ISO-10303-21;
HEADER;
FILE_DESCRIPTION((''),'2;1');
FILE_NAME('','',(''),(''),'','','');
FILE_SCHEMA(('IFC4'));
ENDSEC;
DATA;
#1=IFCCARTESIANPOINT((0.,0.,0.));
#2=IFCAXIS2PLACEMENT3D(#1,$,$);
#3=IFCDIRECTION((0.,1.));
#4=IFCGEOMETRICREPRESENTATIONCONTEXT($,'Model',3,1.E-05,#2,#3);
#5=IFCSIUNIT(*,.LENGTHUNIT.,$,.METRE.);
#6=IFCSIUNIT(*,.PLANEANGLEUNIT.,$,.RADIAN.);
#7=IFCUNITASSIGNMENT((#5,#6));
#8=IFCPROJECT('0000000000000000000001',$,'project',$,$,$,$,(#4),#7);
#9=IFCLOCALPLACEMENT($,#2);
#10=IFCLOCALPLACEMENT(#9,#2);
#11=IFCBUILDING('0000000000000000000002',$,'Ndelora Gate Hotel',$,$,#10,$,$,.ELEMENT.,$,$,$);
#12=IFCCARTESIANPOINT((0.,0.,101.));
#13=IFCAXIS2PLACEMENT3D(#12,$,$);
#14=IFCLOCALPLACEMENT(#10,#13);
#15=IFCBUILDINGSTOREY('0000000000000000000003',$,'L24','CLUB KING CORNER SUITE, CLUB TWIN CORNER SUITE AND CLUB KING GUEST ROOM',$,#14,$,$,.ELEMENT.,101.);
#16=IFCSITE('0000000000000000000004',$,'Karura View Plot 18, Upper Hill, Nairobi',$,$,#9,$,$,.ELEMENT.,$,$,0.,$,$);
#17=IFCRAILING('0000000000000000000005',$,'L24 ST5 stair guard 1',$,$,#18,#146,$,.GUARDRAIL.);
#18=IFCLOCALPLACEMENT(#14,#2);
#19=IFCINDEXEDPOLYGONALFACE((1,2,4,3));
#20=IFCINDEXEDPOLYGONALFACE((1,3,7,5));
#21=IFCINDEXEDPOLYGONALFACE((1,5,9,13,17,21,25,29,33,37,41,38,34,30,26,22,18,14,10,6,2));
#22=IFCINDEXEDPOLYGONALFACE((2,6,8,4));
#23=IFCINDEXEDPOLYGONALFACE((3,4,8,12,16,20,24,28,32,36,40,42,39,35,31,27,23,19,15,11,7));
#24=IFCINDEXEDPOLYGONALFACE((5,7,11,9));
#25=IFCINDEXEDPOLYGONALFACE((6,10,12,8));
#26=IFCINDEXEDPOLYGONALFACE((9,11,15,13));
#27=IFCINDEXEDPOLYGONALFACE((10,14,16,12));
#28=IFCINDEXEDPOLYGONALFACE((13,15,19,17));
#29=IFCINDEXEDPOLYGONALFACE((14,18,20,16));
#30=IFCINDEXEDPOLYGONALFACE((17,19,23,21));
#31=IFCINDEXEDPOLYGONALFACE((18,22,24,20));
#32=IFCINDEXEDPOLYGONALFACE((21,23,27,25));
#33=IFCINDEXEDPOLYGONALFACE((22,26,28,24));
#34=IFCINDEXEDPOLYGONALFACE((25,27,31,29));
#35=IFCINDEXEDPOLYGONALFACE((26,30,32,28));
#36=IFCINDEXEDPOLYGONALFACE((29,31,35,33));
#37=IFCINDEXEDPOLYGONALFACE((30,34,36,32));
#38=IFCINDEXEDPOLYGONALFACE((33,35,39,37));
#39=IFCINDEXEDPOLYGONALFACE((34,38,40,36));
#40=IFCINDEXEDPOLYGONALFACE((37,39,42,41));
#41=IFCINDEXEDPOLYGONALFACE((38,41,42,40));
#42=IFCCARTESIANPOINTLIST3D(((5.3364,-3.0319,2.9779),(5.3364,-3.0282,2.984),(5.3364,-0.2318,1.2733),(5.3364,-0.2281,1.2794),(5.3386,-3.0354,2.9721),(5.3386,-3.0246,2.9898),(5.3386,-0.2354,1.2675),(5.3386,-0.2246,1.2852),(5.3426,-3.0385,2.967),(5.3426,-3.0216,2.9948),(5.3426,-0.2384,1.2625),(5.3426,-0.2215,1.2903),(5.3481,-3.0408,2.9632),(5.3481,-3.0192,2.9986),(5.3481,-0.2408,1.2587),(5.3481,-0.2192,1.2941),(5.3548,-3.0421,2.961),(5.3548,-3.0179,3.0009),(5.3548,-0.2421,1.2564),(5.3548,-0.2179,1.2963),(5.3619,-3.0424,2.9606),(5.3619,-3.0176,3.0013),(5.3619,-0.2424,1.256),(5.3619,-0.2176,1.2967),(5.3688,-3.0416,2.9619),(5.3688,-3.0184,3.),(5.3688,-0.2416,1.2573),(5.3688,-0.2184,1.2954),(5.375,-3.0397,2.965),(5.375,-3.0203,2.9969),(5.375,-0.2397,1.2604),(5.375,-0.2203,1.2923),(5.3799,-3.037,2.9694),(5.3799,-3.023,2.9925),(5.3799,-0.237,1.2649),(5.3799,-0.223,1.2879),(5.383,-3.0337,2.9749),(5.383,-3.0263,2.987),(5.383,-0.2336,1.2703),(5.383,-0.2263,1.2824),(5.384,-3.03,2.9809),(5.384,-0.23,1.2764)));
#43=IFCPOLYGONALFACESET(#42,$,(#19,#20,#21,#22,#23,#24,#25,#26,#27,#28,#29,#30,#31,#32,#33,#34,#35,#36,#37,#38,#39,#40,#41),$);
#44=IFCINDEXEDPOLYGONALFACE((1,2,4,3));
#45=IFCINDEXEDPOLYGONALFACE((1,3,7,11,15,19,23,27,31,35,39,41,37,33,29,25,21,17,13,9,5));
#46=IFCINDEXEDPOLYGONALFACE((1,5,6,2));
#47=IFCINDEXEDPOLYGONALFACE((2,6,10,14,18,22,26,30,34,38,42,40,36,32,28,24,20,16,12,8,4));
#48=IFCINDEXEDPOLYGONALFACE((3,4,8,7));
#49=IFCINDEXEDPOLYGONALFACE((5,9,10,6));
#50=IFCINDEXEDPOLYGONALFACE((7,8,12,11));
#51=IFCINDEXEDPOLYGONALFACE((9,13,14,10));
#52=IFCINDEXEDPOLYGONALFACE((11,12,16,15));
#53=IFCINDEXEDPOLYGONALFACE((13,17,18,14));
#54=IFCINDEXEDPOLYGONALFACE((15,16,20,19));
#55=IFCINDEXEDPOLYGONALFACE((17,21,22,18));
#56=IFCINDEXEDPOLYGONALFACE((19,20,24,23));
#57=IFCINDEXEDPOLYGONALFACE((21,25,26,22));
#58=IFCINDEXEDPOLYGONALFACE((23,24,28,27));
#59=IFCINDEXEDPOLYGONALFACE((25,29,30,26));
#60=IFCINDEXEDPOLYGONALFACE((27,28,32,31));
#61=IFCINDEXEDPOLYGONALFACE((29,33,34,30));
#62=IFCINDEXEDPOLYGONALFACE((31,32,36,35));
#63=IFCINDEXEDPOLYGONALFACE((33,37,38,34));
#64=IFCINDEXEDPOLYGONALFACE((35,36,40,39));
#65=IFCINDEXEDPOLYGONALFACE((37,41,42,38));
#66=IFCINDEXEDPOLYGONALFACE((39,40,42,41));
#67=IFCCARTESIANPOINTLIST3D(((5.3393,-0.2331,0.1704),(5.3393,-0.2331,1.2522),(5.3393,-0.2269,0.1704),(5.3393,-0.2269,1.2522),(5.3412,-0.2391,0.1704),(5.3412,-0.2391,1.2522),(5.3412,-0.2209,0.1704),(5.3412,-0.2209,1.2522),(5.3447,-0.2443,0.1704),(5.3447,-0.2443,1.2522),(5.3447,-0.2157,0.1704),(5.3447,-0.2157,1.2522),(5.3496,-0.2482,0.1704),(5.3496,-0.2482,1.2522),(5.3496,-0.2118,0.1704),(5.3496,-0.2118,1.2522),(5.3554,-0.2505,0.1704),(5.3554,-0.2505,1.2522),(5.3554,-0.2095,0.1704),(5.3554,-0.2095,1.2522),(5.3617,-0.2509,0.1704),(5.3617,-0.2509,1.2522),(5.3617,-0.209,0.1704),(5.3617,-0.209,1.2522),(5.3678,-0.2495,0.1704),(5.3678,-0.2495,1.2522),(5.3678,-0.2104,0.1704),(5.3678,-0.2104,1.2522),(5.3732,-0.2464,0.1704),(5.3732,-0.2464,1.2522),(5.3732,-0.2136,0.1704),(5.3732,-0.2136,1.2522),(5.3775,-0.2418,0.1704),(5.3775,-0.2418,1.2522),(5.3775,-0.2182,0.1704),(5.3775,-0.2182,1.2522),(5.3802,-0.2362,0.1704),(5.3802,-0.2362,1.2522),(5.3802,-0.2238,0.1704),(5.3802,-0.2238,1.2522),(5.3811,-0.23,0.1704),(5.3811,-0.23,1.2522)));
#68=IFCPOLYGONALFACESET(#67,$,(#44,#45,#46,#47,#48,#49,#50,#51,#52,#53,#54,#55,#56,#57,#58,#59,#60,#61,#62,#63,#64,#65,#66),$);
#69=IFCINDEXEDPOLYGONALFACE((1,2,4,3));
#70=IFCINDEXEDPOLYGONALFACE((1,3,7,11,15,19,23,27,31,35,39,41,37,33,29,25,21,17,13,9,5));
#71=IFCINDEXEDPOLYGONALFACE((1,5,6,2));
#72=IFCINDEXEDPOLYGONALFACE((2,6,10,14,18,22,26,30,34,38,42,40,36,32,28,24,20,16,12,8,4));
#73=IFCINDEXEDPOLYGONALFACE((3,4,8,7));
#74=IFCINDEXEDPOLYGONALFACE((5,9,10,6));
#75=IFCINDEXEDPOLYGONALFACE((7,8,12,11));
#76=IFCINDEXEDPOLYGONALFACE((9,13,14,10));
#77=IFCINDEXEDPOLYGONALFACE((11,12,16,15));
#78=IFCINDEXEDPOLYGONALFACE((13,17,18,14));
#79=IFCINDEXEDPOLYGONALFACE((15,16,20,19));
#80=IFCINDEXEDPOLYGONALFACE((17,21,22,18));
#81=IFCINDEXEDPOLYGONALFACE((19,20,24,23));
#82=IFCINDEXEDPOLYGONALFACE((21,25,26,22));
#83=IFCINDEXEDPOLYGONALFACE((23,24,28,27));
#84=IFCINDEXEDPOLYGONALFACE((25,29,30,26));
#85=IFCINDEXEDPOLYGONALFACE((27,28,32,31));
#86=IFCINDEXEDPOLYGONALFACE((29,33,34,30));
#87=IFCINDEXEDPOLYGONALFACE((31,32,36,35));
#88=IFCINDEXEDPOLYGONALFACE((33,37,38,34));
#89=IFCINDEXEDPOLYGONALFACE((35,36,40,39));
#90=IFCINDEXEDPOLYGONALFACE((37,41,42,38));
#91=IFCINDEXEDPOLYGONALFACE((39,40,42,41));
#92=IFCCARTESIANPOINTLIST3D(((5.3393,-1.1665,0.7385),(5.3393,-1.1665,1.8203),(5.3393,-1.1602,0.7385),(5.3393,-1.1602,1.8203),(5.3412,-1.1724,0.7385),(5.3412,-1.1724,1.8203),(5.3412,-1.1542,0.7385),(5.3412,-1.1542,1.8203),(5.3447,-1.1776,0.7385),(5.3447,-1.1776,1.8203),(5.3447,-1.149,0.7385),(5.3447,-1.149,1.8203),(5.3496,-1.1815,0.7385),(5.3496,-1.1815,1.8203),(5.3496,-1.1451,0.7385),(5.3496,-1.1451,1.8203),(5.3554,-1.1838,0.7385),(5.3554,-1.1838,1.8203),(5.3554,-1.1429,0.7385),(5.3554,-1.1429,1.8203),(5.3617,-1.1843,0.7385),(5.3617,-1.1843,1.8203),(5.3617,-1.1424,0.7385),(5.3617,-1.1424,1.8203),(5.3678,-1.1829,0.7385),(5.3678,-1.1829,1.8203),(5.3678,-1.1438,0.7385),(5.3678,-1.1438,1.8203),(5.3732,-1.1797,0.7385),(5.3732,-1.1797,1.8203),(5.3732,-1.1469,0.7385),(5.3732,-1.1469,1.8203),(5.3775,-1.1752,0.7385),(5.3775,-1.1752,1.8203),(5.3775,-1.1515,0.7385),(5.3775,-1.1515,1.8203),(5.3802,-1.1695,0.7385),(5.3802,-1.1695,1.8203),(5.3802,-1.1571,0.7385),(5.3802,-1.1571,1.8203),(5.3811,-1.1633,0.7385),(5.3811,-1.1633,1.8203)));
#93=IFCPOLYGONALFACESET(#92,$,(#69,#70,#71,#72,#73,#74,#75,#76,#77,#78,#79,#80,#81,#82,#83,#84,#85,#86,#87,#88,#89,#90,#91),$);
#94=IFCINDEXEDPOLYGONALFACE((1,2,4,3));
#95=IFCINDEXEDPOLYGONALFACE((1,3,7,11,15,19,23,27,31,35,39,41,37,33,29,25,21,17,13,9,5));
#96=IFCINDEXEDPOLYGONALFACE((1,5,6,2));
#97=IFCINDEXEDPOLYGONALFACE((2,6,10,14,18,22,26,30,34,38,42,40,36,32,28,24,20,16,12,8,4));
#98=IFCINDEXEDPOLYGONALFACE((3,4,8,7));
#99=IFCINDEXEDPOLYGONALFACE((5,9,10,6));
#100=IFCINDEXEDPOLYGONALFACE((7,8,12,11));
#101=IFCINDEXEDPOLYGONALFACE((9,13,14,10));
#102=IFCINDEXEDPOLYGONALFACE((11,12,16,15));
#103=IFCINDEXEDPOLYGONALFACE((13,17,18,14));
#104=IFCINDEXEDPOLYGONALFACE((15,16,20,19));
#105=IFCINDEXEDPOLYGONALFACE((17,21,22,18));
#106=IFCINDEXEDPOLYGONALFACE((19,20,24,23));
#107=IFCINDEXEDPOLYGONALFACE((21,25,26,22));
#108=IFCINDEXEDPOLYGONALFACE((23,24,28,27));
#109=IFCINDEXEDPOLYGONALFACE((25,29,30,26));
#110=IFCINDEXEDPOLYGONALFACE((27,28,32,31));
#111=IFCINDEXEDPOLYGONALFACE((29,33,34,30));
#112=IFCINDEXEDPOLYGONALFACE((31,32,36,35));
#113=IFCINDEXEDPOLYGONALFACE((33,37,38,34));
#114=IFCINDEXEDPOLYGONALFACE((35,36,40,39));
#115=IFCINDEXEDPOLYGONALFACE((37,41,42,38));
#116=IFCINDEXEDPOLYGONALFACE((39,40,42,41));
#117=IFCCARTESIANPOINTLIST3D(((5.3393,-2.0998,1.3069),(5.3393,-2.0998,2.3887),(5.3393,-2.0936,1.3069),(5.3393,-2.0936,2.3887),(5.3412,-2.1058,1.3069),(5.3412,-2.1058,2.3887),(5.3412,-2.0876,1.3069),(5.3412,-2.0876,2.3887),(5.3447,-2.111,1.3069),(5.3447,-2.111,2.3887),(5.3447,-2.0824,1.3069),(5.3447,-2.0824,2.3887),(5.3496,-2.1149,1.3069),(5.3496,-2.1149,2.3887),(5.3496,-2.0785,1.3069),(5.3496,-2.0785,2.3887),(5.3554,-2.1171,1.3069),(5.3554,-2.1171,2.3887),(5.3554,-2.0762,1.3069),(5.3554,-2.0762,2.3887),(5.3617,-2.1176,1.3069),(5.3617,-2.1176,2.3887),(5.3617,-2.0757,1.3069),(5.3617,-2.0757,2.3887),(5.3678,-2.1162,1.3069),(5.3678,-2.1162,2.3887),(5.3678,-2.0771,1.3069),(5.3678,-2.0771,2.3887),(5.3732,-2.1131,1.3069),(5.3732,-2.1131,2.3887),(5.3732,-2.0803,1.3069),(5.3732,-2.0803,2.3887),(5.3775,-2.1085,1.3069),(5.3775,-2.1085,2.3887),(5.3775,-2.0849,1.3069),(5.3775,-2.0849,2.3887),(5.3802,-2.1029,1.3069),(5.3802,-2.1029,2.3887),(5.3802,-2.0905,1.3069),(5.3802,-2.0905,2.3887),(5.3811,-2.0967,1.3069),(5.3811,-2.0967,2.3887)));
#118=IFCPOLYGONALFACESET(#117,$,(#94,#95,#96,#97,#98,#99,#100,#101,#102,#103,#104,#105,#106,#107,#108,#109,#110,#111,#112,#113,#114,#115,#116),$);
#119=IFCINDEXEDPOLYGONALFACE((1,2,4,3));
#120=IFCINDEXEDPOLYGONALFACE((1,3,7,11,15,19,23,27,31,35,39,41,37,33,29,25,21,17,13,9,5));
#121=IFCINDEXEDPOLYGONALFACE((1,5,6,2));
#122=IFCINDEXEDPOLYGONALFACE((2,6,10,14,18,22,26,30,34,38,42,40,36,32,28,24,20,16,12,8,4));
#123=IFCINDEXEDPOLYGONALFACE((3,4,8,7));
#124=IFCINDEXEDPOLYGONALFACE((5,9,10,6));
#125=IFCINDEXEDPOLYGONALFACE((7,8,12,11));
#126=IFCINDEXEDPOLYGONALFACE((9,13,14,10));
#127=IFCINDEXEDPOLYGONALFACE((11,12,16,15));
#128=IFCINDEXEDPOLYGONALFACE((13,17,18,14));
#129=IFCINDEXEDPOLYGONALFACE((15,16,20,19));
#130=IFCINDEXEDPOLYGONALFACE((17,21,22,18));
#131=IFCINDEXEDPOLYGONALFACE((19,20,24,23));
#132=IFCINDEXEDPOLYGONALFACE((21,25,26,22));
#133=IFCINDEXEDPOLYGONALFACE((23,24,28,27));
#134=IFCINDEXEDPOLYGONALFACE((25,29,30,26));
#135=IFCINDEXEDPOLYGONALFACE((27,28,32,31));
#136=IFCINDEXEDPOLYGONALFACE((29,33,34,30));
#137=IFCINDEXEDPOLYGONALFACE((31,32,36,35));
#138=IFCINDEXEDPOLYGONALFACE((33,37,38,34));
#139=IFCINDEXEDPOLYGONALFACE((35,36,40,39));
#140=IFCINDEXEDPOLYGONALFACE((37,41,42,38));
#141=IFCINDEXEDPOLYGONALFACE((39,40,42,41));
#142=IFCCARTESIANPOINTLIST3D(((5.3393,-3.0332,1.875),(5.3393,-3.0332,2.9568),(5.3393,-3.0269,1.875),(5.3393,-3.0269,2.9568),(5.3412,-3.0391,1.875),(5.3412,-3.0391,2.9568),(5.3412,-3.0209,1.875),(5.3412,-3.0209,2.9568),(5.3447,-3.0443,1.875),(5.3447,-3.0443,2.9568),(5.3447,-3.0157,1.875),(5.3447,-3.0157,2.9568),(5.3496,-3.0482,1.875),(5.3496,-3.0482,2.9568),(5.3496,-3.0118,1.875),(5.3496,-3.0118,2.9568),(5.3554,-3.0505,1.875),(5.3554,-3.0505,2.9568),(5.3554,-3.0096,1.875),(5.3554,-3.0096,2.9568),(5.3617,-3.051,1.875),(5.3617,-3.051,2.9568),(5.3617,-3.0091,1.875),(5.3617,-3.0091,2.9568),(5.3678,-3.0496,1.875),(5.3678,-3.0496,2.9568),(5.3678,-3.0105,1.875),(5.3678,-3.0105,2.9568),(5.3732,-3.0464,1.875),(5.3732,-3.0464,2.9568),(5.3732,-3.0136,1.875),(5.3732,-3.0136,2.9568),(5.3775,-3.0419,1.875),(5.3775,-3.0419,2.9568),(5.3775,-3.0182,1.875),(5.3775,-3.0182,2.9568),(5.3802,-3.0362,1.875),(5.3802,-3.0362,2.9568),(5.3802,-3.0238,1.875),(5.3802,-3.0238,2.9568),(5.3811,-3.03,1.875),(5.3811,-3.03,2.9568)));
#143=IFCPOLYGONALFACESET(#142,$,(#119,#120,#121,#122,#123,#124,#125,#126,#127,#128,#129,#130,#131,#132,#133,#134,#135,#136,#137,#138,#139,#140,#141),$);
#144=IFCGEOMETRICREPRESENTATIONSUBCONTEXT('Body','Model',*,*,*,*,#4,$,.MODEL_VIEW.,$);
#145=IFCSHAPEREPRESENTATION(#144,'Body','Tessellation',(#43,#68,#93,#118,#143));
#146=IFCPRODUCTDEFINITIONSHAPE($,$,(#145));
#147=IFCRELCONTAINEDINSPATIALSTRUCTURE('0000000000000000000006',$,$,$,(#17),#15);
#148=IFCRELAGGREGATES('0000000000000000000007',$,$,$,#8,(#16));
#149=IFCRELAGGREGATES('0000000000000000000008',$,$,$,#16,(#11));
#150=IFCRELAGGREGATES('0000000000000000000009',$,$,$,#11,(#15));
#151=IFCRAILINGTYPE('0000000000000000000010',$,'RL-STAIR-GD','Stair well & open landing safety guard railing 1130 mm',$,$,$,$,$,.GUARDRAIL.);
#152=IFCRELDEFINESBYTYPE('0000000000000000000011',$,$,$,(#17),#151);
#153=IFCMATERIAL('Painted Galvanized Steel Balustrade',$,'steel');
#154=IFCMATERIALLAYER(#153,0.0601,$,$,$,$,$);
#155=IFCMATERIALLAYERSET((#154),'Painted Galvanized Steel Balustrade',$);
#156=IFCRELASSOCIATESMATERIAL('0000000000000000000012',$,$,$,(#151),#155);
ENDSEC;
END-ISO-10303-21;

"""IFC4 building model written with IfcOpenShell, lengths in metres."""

from ifc_helpers import new_model, si_unit, direction, frame, origin, origin_2d, place, context, subcontext, project, spatial, circle, extrude, material, layer, layer_set, type_object, element, save


model = new_model("IFC4")

# Units and contexts
model_context = context("Model", 3, precision=1e-05, world=origin(), true_north=direction((0.0, 1.0)))
body_context = subcontext(model_context, "Body", "Model", "MODEL_VIEW")
ifc_project = project(units=[si_unit("LENGTHUNIT", "METRE"), si_unit("PLANEANGLEUNIT", "RADIAN")], contexts=[model_context])

# Site, building, storey
site_placement = place(None, origin())
site = spatial("IfcSite", under=ifc_project, at=site_placement, Name="Karura View Plot 18, Upper Hill, Nairobi", CompositionType="ELEMENT", RefElevation=0.0)
building_placement = place(site_placement, origin())
building = spatial("IfcBuilding", under=site, at=building_placement, Name="Ndelora Gate Hotel", CompositionType="ELEMENT")
storey_placement = place(building_placement, frame((0.0, 0.0, 101.0)))
storey = spatial("IfcBuildingStorey", under=building, at=storey_placement, Name="L24", Description="CLUB KING CORNER SUITE, CLUB TWIN CORNER SUITE AND CLUB KING GUEST ROOM", CompositionType="ELEMENT", Elevation=101.0)

# Railing
ifc_material_1 = material(Name="Painted Galvanized Steel Balustrade", Category="steel")
ifc_layer_1 = layer(ifc_material_1, 0.0601)
ifc_layer_set_1 = layer_set([ifc_layer_1], Name="Painted Galvanized Steel Balustrade")
railing_type_1 = type_object("IfcRailingType", Name="RL-STAIR-GD", Description="Stair well & open landing safety guard railing 1130 mm", PredefinedType="GUARDRAIL", material=ifc_layer_set_1)
railing_1_placement = place(storey_placement, frame((5.3601, -0.23, 0.1704)))
element("IfcRailing", 1, at=railing_1_placement, inside=storey, type_object=railing_type_1, Name="L24 ST5 stair guard 1", PredefinedType="GUARDRAIL", context=body_context, shape_type="SweptSolid", body=[
    extrude(circle(Radius=0.0239, at=origin_2d()), frame((0.0, 0.0, 1.106), z_axis=(0.0, -0.85417, 0.519994), x_axis=(1.0, 0.0, 0.0)), (0.0, 0.0, 1.0), 3.2781),
    extrude(circle(Radius=0.021, at=origin_2d()), origin(), (0.0, 0.0, 1.0), 1.0818),
    extrude(circle(Radius=0.021, at=origin_2d()), frame((0.0, -0.9333, 0.5681)), (0.0, 0.0, 1.0), 1.0818),
    extrude(circle(Radius=0.021, at=origin_2d()), frame((0.0, -1.8667, 1.1365)), (0.0, 0.0, 1.0), 1.0818),
    extrude(circle(Radius=0.021, at=origin_2d()), frame((0.0, -2.8, 1.7046)), (0.0, 0.0, 1.0), 1.0818),
])

save(model, "model.ifc")
